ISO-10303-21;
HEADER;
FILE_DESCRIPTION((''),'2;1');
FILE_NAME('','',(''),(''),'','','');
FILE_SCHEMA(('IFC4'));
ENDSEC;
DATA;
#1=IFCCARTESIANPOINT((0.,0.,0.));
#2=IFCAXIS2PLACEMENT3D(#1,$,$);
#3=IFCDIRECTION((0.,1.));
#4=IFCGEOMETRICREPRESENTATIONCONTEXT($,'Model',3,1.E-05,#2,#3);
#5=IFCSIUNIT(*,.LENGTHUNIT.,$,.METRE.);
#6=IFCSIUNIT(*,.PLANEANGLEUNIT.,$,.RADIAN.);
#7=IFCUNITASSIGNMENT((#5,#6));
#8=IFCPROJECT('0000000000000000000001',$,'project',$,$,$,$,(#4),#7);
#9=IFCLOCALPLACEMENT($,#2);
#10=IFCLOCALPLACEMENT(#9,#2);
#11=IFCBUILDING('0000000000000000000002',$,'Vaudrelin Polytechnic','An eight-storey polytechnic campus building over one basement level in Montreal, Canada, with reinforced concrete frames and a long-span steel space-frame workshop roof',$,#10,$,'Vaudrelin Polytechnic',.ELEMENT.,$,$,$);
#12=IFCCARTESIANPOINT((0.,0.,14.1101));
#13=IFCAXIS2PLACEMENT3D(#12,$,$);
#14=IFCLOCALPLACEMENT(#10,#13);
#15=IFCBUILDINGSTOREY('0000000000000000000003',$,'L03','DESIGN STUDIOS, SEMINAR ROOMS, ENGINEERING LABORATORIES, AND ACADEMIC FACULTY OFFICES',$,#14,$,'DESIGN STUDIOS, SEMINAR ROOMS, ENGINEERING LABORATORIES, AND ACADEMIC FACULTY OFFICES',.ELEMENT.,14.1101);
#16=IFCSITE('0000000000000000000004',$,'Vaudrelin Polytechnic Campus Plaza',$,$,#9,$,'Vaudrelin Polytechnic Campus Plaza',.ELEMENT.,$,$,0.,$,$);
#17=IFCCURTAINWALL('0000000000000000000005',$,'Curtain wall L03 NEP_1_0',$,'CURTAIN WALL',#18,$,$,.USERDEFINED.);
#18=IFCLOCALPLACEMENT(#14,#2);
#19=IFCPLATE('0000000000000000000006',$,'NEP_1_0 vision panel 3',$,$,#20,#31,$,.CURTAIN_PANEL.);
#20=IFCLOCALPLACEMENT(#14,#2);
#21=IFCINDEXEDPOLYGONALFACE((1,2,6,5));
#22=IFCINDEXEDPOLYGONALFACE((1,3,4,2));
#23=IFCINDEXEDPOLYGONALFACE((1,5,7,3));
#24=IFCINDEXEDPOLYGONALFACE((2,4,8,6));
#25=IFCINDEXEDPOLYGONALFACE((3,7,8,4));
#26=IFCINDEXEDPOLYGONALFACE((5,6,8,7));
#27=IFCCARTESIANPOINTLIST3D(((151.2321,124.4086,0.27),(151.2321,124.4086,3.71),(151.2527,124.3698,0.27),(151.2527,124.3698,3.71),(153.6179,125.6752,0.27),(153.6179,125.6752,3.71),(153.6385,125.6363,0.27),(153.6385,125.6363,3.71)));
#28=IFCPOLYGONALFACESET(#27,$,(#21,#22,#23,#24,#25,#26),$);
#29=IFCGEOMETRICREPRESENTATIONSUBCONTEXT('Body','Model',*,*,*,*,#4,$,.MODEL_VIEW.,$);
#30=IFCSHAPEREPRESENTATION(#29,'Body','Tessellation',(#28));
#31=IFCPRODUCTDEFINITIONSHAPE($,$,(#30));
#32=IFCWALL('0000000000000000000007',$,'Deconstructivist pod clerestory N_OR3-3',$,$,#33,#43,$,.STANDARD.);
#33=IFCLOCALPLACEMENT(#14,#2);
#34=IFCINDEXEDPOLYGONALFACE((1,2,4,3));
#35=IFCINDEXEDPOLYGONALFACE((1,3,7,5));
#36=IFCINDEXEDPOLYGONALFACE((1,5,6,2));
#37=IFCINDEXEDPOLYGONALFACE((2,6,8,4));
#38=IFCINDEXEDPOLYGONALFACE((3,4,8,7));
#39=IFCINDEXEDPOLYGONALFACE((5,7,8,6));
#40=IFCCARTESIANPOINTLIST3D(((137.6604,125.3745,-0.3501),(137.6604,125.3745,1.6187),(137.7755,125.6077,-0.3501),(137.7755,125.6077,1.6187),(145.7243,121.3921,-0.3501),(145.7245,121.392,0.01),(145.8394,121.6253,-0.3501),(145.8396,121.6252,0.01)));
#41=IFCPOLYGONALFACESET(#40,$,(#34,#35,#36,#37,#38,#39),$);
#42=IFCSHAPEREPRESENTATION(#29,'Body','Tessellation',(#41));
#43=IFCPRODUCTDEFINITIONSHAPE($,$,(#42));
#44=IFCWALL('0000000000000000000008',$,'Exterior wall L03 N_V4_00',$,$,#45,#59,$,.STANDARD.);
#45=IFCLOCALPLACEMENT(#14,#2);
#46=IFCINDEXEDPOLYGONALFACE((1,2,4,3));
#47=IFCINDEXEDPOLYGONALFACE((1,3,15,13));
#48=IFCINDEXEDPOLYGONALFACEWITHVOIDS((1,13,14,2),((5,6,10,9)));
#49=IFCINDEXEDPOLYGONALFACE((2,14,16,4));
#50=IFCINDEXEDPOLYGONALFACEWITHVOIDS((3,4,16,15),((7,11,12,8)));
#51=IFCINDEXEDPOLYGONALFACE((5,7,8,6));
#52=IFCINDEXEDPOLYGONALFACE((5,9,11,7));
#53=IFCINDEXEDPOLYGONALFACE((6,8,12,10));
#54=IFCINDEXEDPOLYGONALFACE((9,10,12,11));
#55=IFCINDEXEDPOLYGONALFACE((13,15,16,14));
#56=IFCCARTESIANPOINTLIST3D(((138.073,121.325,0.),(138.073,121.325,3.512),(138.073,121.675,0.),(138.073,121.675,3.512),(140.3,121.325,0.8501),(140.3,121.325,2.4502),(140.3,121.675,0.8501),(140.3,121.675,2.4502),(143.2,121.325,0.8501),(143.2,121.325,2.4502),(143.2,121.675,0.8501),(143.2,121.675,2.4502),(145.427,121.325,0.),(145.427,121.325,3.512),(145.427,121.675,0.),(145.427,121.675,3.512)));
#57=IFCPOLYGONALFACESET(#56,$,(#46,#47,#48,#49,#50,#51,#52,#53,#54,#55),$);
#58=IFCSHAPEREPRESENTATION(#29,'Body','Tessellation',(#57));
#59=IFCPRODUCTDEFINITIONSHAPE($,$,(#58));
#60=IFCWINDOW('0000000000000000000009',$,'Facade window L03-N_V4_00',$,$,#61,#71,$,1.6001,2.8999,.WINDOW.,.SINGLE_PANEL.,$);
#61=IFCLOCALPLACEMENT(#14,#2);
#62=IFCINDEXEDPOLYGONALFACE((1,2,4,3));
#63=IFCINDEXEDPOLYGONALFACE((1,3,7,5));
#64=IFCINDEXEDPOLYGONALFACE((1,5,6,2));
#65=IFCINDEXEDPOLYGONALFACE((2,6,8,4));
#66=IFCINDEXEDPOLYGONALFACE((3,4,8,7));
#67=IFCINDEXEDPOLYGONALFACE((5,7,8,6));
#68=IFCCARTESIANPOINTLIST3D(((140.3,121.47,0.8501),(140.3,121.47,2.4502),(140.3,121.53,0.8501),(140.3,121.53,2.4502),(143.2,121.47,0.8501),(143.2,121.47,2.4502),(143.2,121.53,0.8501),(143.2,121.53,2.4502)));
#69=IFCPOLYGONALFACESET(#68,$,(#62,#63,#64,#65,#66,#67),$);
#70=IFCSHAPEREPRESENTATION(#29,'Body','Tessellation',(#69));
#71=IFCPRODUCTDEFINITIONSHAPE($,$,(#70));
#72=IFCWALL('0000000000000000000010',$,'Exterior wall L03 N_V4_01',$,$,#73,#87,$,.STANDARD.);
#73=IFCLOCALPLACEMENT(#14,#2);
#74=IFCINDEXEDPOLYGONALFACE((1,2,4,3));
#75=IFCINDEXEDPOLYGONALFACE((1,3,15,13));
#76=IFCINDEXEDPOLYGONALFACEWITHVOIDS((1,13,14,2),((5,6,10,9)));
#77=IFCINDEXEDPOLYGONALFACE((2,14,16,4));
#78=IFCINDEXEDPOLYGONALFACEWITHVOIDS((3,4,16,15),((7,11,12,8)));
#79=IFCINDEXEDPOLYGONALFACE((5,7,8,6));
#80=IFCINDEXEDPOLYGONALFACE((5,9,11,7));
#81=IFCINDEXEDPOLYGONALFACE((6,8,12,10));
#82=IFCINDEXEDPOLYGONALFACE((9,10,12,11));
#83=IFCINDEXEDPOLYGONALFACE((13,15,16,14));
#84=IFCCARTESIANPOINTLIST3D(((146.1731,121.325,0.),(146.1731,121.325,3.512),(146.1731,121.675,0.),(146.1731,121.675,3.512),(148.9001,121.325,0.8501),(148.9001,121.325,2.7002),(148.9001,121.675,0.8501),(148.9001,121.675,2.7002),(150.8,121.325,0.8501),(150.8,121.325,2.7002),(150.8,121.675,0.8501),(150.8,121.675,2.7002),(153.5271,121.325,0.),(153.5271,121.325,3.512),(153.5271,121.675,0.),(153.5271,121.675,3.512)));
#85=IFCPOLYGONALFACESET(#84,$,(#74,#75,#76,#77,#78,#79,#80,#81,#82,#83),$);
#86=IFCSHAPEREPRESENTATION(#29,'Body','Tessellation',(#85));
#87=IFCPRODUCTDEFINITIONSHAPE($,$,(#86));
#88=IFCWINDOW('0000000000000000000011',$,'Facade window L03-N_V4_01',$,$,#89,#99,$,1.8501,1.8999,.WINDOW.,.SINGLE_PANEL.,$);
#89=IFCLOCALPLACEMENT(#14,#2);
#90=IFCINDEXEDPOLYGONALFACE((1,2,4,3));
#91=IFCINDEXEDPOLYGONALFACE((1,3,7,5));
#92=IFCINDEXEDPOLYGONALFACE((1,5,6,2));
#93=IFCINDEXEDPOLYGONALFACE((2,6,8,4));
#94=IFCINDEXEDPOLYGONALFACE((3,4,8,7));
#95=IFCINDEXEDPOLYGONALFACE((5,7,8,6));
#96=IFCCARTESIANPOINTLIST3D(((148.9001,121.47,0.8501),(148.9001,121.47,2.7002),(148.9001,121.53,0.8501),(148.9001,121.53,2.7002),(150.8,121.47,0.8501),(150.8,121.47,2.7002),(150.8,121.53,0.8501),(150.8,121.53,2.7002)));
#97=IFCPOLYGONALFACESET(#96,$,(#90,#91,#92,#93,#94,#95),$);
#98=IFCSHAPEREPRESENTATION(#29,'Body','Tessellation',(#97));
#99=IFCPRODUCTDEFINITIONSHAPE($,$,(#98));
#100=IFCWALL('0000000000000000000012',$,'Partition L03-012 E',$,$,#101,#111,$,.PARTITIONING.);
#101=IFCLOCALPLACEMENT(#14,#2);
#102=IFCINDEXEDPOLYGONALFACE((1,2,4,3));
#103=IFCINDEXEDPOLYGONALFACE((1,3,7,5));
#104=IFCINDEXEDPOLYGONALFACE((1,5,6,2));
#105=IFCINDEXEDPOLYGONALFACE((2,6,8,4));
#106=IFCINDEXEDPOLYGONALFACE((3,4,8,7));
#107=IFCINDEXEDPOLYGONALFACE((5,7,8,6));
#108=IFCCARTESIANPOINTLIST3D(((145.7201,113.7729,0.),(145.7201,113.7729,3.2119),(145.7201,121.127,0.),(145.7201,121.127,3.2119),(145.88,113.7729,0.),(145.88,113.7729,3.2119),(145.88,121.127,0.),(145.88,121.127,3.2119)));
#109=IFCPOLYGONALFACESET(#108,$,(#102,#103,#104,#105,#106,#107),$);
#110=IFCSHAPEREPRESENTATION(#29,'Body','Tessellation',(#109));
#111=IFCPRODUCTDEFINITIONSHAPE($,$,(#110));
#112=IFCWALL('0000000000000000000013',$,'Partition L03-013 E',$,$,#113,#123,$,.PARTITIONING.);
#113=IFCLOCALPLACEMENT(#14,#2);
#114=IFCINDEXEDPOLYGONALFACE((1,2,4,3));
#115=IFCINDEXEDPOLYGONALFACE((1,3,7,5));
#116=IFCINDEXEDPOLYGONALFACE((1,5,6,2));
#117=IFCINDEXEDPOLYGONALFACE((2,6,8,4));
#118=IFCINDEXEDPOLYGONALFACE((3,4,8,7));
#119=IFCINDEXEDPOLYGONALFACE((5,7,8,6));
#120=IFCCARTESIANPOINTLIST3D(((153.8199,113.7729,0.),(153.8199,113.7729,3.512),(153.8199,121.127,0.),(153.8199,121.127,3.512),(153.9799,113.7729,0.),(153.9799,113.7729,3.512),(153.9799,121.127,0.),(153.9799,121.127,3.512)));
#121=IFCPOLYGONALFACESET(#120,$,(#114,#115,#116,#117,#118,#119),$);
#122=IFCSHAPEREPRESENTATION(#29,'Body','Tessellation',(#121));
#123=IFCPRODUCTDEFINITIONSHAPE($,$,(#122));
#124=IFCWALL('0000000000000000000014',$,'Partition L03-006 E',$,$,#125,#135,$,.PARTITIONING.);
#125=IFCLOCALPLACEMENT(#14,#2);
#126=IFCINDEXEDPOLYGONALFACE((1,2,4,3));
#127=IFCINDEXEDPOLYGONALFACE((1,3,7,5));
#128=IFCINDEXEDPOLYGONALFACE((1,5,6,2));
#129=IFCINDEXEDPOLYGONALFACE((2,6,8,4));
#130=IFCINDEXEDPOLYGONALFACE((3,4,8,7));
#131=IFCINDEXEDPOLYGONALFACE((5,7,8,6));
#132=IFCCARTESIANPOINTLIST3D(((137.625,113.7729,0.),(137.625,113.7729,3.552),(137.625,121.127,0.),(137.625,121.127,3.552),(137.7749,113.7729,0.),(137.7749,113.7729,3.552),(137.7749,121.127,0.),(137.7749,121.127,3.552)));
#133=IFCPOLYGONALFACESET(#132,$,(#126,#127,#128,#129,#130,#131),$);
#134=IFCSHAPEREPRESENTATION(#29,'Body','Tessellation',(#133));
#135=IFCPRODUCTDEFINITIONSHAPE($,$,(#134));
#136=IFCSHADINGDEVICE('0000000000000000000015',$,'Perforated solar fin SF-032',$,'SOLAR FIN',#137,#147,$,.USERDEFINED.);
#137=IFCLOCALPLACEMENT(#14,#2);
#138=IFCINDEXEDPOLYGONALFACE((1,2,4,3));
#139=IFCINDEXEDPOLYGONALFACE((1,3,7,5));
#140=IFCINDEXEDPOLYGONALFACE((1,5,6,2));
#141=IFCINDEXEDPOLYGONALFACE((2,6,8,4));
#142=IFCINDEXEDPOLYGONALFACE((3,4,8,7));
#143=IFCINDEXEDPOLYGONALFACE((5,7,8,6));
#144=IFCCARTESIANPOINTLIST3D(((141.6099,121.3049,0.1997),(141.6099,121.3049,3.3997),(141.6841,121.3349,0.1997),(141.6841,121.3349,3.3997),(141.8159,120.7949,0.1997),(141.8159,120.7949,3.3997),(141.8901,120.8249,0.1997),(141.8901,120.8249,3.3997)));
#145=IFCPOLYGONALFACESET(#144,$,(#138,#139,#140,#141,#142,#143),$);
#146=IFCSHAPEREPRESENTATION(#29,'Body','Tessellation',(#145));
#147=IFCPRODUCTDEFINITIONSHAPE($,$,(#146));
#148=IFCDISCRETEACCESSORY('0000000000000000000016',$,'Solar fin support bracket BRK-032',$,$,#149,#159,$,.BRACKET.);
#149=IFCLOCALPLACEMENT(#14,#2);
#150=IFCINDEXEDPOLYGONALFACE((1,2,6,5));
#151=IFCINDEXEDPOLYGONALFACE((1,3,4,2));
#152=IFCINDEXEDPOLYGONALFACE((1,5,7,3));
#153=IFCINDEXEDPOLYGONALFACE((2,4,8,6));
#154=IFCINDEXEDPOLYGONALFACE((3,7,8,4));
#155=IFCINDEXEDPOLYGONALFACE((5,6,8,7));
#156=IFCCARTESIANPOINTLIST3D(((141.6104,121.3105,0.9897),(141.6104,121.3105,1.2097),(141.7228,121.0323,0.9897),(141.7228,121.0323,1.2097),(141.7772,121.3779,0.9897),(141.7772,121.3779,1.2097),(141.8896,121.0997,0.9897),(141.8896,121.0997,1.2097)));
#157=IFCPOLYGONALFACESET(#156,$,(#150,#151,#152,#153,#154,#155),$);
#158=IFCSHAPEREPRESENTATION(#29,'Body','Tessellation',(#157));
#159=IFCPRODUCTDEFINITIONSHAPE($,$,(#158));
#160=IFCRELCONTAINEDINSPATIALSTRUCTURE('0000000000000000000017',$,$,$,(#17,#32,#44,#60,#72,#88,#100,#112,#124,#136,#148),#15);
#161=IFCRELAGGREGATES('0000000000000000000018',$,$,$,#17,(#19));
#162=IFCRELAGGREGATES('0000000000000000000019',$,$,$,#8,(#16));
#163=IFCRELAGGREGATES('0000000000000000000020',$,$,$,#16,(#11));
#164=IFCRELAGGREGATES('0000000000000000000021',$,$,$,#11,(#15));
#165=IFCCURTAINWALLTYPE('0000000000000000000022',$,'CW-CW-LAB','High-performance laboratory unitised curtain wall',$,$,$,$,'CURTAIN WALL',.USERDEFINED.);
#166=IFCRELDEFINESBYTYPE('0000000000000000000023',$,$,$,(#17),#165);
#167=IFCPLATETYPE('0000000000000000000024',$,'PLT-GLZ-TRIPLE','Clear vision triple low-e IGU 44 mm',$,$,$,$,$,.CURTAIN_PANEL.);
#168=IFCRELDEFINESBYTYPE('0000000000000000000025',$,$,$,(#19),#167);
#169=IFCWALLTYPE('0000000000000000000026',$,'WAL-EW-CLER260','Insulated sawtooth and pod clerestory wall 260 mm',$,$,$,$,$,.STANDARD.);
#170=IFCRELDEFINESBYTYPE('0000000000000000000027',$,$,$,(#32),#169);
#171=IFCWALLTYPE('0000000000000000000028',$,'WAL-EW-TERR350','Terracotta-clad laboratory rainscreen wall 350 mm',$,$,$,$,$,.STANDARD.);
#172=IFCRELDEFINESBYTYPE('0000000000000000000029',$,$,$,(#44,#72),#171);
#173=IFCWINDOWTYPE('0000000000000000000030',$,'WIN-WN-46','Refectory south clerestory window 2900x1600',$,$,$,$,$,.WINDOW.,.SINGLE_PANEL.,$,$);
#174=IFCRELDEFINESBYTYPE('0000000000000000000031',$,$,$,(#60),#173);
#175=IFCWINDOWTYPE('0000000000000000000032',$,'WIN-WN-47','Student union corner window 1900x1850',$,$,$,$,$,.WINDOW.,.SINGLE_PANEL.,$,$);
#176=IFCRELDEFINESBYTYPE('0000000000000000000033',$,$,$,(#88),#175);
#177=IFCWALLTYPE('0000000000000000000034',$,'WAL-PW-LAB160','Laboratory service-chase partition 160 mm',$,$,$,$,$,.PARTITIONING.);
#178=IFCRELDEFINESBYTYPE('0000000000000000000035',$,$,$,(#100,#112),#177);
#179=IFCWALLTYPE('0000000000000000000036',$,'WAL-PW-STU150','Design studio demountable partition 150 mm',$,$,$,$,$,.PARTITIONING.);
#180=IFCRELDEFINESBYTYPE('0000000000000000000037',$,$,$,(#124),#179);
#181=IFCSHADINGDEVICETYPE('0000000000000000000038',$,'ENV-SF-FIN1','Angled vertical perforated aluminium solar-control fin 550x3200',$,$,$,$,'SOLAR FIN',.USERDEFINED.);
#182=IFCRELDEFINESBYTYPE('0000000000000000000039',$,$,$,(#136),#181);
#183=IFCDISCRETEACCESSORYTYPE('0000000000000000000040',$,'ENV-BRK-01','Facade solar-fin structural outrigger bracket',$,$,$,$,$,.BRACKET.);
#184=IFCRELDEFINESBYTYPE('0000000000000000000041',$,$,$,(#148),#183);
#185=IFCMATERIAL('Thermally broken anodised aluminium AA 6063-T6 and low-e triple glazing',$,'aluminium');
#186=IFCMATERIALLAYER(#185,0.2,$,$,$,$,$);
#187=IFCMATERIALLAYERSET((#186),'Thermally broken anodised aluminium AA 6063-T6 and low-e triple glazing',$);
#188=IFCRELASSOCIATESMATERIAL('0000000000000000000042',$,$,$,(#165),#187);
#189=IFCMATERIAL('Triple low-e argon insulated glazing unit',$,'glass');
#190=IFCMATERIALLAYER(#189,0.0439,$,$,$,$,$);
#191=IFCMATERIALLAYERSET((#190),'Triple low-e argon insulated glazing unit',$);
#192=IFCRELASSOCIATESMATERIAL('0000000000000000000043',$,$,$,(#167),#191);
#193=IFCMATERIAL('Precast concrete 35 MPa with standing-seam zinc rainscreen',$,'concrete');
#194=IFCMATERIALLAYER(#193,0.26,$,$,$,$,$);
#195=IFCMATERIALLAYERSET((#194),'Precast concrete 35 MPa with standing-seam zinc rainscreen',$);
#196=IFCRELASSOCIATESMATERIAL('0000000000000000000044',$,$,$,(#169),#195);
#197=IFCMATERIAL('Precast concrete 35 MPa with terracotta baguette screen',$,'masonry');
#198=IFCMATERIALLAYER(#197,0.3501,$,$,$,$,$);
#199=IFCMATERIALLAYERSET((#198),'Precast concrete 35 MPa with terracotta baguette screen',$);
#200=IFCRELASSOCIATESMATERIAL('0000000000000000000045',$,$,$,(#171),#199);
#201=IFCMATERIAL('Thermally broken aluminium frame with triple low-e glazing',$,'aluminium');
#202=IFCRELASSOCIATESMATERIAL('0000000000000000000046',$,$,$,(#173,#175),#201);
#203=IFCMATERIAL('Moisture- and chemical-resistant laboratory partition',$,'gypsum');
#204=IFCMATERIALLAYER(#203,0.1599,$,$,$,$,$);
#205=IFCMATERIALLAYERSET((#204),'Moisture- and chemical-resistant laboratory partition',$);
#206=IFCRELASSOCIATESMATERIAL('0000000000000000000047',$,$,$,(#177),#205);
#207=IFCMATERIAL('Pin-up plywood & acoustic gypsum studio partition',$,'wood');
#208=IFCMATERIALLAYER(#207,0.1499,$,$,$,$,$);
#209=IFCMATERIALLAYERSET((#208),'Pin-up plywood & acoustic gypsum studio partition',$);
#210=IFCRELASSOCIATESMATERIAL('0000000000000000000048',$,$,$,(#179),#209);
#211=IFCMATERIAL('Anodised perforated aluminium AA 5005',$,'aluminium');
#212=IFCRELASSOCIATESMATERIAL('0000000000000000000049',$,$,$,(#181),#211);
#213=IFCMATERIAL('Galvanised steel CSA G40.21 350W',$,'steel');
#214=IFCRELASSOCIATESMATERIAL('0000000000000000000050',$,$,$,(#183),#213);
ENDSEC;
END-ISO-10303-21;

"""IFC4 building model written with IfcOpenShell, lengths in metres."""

from ifc_helpers import new_model, si_unit, direction, frame, frame_2d, origin, origin_2d, place, context, subcontext, project, spatial, polyline, rectangle, outline, extrude, material, layer, layer_set, type_object, element, fill, aggregate, save


model = new_model("IFC4")

# Units and contexts
model_context = context("Model", 3, precision=1e-05, world=origin(), true_north=direction((0.0, 1.0)))
body_context = subcontext(model_context, "Body", "Model", "MODEL_VIEW")
ifc_project = project(units=[si_unit("LENGTHUNIT", "METRE"), si_unit("PLANEANGLEUNIT", "RADIAN")], contexts=[model_context])

# Site, building, storey
site_placement = place(None, origin())
site = spatial("IfcSite", under=ifc_project, at=site_placement, Name="Vaudrelin Polytechnic Campus Plaza", LongName="Vaudrelin Polytechnic Campus Plaza", CompositionType="ELEMENT", RefElevation=0.0)
building_placement = place(site_placement, origin())
building = spatial("IfcBuilding", under=site, at=building_placement, Name="Vaudrelin Polytechnic", Description="An eight-storey polytechnic campus building over one basement level in Montreal, Canada, with reinforced concrete frames and a long-span steel space-frame workshop roof", LongName="Vaudrelin Polytechnic", CompositionType="ELEMENT")
storey_placement = place(building_placement, frame((0.0, 0.0, 14.1101)))
storey = spatial("IfcBuildingStorey", under=building, at=storey_placement, Name="L03", Description="DESIGN STUDIOS, SEMINAR ROOMS, ENGINEERING LABORATORIES, AND ACADEMIC FACULTY OFFICES", LongName="DESIGN STUDIOS, SEMINAR ROOMS, ENGINEERING LABORATORIES, AND ACADEMIC FACULTY OFFICES", CompositionType="ELEMENT", Elevation=14.1101)

# Curtain wall, plate
ifc_material_1 = material(Name="Thermally broken anodised aluminium AA 6063-T6 and low-e triple glazing", Category="aluminium")
ifc_layer_1 = layer(ifc_material_1, 0.2)
ifc_layer_set_1 = layer_set([ifc_layer_1], Name="Thermally broken anodised aluminium AA 6063-T6 and low-e triple glazing")
curtain_wall_type = type_object("IfcCurtainWallType", Name="CW-CW-LAB", Description="High-performance laboratory unitised curtain wall", ElementType="CURTAIN WALL", PredefinedType="USERDEFINED", material=ifc_layer_set_1)
curtain_wall_placement = place(storey_placement, origin())
curtain_wall = element("IfcCurtainWall", 1, at=curtain_wall_placement, inside=storey, type_object=curtain_wall_type, Name="Curtain wall L03 NEP_1_0", ObjectType="CURTAIN WALL", PredefinedType="USERDEFINED")
ifc_material_2 = material(Name="Triple low-e argon insulated glazing unit", Category="glass")
ifc_layer_2 = layer(ifc_material_2, 0.0439)
ifc_layer_set_2 = layer_set([ifc_layer_2], Name="Triple low-e argon insulated glazing unit")
plate_type_1 = type_object("IfcPlateType", Name="PLT-GLZ-TRIPLE", Description="Clear vision triple low-e IGU 44 mm", PredefinedType="CURTAIN_PANEL", material=ifc_layer_set_2)
plate_1_placement = place(storey_placement, frame((152.4353, 125.0225, 0.27), z_axis=(0.0, 0.0, 1.0), x_axis=(0.883254, 0.468896, 0.0)))
plate_1 = element("IfcPlate", 2, at=plate_1_placement, type_object=plate_type_1, Name="NEP_1_0 vision panel 3", PredefinedType="CURTAIN_PANEL", context=body_context, shape_type="SweptSolid", body=[
    extrude(rectangle(XDim=2.7012, YDim=0.0439, at=origin_2d()), origin(), (0.0, 0.0, 1.0), 3.4399),
])
aggregate(curtain_wall, [plate_1])

# Wall
ifc_material_3 = material(Name="Precast concrete 35 MPa with standing-seam zinc rainscreen", Category="concrete")
ifc_layer_3 = layer(ifc_material_3, 0.26)
ifc_layer_set_3 = layer_set([ifc_layer_3], Name="Precast concrete 35 MPa with standing-seam zinc rainscreen")
wall_type_1 = type_object("IfcWallType", Name="WAL-EW-CLER260", Description="Insulated sawtooth and pod clerestory wall 260 mm", PredefinedType="STANDARD", material=ifc_layer_set_3)
wall_1_placement = place(storey_placement, frame((137.718, 125.4912, -0.3501), z_axis=(0.0, 0.0, 1.0), x_axis=(0.896621, -0.4428, 0.0)))
element("IfcWall", 3, at=wall_1_placement, inside=storey, type_object=wall_type_1, Name="Deconstructivist pod clerestory N_OR3-3", PredefinedType="STANDARD", context=body_context, shape_type="SweptSolid", body=[
    extrude(outline(polyline([(0.0, 0.0), (8.9937, 0.0), (8.9939, 0.3601), (0.0, 1.9688), (0.0, 0.0)])), frame((0.0, 0.1299, 0.0), z_axis=(0.0, -1.0, 0.0), x_axis=(1.0, 0.0, 0.0)), (0.0, 0.0, 1.0), 0.26),
])

# Walls, openings, windows
ifc_material_4 = material(Name="Precast concrete 35 MPa with terracotta baguette screen", Category="masonry")
ifc_layer_4 = layer(ifc_material_4, 0.3501)
ifc_layer_set_4 = layer_set([ifc_layer_4], Name="Precast concrete 35 MPa with terracotta baguette screen")
wall_type_2 = type_object("IfcWallType", Name="WAL-EW-TERR350", Description="Terracotta-clad laboratory rainscreen wall 350 mm", PredefinedType="STANDARD", material=ifc_layer_set_4)
wall_2_placement = place(storey_placement, frame((138.073, 121.5, 0.0), z_axis=(0.0, 0.0, 1.0), x_axis=(1.0, 0.0, 0.0)))
wall_2 = element("IfcWall", 4, at=wall_2_placement, inside=storey, type_object=wall_type_2, Name="Exterior wall L03 N_V4_00", PredefinedType="STANDARD", context=body_context, shape_type="SweptSolid", body=[
    extrude(rectangle(XDim=7.354, YDim=0.3501, at=frame_2d((3.677, 0.0))), origin(), (0.0, 0.0, 1.0), 3.512),
])
opening_1_placement = place(wall_2_placement, frame((2.2271, 0.0, 0.8501)))
opening_1 = element("IfcOpeningElement", 5, at=opening_1_placement, cuts=wall_2, PredefinedType="OPENING", context=body_context, shape_type="SweptSolid", body=[
    extrude(rectangle(XDim=2.8999, YDim=1.6001, at=frame_2d((1.45, 0.8))), frame((0.0, 0.1851, 0.0), z_axis=(0.0, -1.0, 0.0), x_axis=(1.0, 0.0, 0.0)), (0.0, 0.0, 1.0), 0.3701),
])
ifc_material_5 = material(Name="Thermally broken aluminium frame with triple low-e glazing", Category="aluminium")
window_type_1 = type_object("IfcWindowType", Name="WIN-WN-46", Description="Refectory south clerestory window 2900x1600", PartitioningType="SINGLE_PANEL", PredefinedType="WINDOW", material=ifc_material_5)
window_1_placement = place(opening_1_placement, origin())
window_1 = element("IfcWindow", 6, at=window_1_placement, inside=storey, type_object=window_type_1, Name="Facade window L03-N_V4_00", OverallHeight=1.6001, OverallWidth=2.8999, PartitioningType="SINGLE_PANEL", PredefinedType="WINDOW", context=body_context, shape_type="SweptSolid", body=[
    extrude(rectangle(XDim=2.8999, YDim=1.6001, at=frame_2d((1.45, 0.8))), frame((0.0, 0.03, 0.0), z_axis=(0.0, -1.0, 0.0), x_axis=(1.0, 0.0, 0.0)), (0.0, 0.0, 1.0), 0.0601),
])
fill(opening_1, window_1)
wall_3_placement = place(storey_placement, frame((146.1731, 121.5, 0.0), z_axis=(0.0, 0.0, 1.0), x_axis=(1.0, 0.0, 0.0)))
wall_3 = element("IfcWall", 7, at=wall_3_placement, inside=storey, type_object=wall_type_2, Name="Exterior wall L03 N_V4_01", PredefinedType="STANDARD", context=body_context, shape_type="SweptSolid", body=[
    extrude(rectangle(XDim=7.354, YDim=0.3501, at=frame_2d((3.677, 0.0))), origin(), (0.0, 0.0, 1.0), 3.512),
])
opening_2_placement = place(wall_3_placement, frame((2.7271, 0.0, 0.8501)))
opening_2 = element("IfcOpeningElement", 8, at=opening_2_placement, cuts=wall_3, PredefinedType="OPENING", context=body_context, shape_type="SweptSolid", body=[
    extrude(rectangle(XDim=1.8999, YDim=1.8501, at=frame_2d((0.95, 0.925))), frame((0.0, 0.1851, 0.0), z_axis=(0.0, -1.0, 0.0), x_axis=(1.0, 0.0, 0.0)), (0.0, 0.0, 1.0), 0.3701),
])
window_type_2 = type_object("IfcWindowType", Name="WIN-WN-47", Description="Student union corner window 1900x1850", PartitioningType="SINGLE_PANEL", PredefinedType="WINDOW", material=ifc_material_5)
window_2_placement = place(opening_2_placement, origin())
window_2 = element("IfcWindow", 9, at=window_2_placement, inside=storey, type_object=window_type_2, Name="Facade window L03-N_V4_01", OverallHeight=1.8501, OverallWidth=1.8999, PartitioningType="SINGLE_PANEL", PredefinedType="WINDOW", context=body_context, shape_type="SweptSolid", body=[
    extrude(rectangle(XDim=1.8999, YDim=1.8501, at=frame_2d((0.95, 0.925))), frame((0.0, 0.03, 0.0), z_axis=(0.0, -1.0, 0.0), x_axis=(1.0, 0.0, 0.0)), (0.0, 0.0, 1.0), 0.0601),
])
fill(opening_2, window_2)

# Walls
ifc_material_6 = material(Name="Moisture- and chemical-resistant laboratory partition", Category="gypsum")
ifc_layer_5 = layer(ifc_material_6, 0.1599)
ifc_layer_set_5 = layer_set([ifc_layer_5], Name="Moisture- and chemical-resistant laboratory partition")
wall_type_3 = type_object("IfcWallType", Name="WAL-PW-LAB160", Description="Laboratory service-chase partition 160 mm", PredefinedType="PARTITIONING", material=ifc_layer_set_5)
wall_4_placement = place(storey_placement, frame((145.8, 113.7729, 0.0), z_axis=(0.0, 0.0, 1.0), x_axis=(0.0, 1.0, 0.0)))
element("IfcWall", 10, at=wall_4_placement, inside=storey, type_object=wall_type_3, Name="Partition L03-012 E", PredefinedType="PARTITIONING", context=body_context, shape_type="SweptSolid", body=[
    extrude(rectangle(XDim=7.354, YDim=0.1599, at=frame_2d((3.677, 0.0))), origin(), (0.0, 0.0, 1.0), 3.2119),
])
wall_5_placement = place(storey_placement, frame((153.8999, 113.7729, 0.0), z_axis=(0.0, 0.0, 1.0), x_axis=(0.0, 1.0, 0.0)))
element("IfcWall", 11, at=wall_5_placement, inside=storey, type_object=wall_type_3, Name="Partition L03-013 E", PredefinedType="PARTITIONING", context=body_context, shape_type="SweptSolid", body=[
    extrude(rectangle(XDim=7.354, YDim=0.1599, at=frame_2d((3.677, 0.0))), origin(), (0.0, 0.0, 1.0), 3.512),
])
ifc_material_7 = material(Name="Pin-up plywood & acoustic gypsum studio partition", Category="wood")
ifc_layer_6 = layer(ifc_material_7, 0.1499)
ifc_layer_set_6 = layer_set([ifc_layer_6], Name="Pin-up plywood & acoustic gypsum studio partition")
wall_type_4 = type_object("IfcWallType", Name="WAL-PW-STU150", Description="Design studio demountable partition 150 mm", PredefinedType="PARTITIONING", material=ifc_layer_set_6)
wall_6_placement = place(storey_placement, frame((137.7, 113.7729, 0.0), z_axis=(0.0, 0.0, 1.0), x_axis=(0.0, 1.0, 0.0)))
element("IfcWall", 12, at=wall_6_placement, inside=storey, type_object=wall_type_4, Name="Partition L03-006 E", PredefinedType="PARTITIONING", context=body_context, shape_type="SweptSolid", body=[
    extrude(rectangle(XDim=7.354, YDim=0.1499, at=frame_2d((3.677, 0.0))), origin(), (0.0, 0.0, 1.0), 3.552),
])

# Shading device
ifc_material_8 = material(Name="Anodised perforated aluminium AA 5005", Category="aluminium")
shading_device_type = type_object("IfcShadingDeviceType", Name="ENV-SF-FIN1", Description="Angled vertical perforated aluminium solar-control fin 550x3200", ElementType="SOLAR FIN", PredefinedType="USERDEFINED", material=ifc_material_8)
shading_device_placement = place(storey_placement, frame((141.75, 121.0649, 0.1997), z_axis=(0.0, 0.0, 1.0), x_axis=(0.374607, -0.927184, 0.0)))
element("IfcShadingDevice", 13, at=shading_device_placement, inside=storey, type_object=shading_device_type, Name="Perforated solar fin SF-032", ObjectType="SOLAR FIN", PredefinedType="USERDEFINED", context=body_context, shape_type="SweptSolid", body=[
    extrude(rectangle(XDim=0.55, YDim=0.0801, at=origin_2d()), origin(), (0.0, 0.0, 1.0), 3.2),
])

# Discrete accessory
ifc_material_9 = material(Name="Galvanised steel CSA G40.21 350W", Category="steel")
discrete_accessory_type = type_object("IfcDiscreteAccessoryType", Name="ENV-BRK-01", Description="Facade solar-fin structural outrigger bracket", PredefinedType="BRACKET", material=ifc_material_9)
discrete_accessory_placement = place(storey_placement, frame((141.75, 121.2051, 0.9897), z_axis=(0.0, 0.0, 1.0), x_axis=(0.374607, -0.927184, 0.0)))
element("IfcDiscreteAccessory", 14, at=discrete_accessory_placement, inside=storey, type_object=discrete_accessory_type, Name="Solar fin support bracket BRK-032", PredefinedType="BRACKET", context=body_context, shape_type="SweptSolid", body=[
    extrude(rectangle(XDim=0.3, YDim=0.1799, at=origin_2d()), origin(), (0.0, 0.0, 1.0), 0.22),
])

save(model, "model.ifc")
